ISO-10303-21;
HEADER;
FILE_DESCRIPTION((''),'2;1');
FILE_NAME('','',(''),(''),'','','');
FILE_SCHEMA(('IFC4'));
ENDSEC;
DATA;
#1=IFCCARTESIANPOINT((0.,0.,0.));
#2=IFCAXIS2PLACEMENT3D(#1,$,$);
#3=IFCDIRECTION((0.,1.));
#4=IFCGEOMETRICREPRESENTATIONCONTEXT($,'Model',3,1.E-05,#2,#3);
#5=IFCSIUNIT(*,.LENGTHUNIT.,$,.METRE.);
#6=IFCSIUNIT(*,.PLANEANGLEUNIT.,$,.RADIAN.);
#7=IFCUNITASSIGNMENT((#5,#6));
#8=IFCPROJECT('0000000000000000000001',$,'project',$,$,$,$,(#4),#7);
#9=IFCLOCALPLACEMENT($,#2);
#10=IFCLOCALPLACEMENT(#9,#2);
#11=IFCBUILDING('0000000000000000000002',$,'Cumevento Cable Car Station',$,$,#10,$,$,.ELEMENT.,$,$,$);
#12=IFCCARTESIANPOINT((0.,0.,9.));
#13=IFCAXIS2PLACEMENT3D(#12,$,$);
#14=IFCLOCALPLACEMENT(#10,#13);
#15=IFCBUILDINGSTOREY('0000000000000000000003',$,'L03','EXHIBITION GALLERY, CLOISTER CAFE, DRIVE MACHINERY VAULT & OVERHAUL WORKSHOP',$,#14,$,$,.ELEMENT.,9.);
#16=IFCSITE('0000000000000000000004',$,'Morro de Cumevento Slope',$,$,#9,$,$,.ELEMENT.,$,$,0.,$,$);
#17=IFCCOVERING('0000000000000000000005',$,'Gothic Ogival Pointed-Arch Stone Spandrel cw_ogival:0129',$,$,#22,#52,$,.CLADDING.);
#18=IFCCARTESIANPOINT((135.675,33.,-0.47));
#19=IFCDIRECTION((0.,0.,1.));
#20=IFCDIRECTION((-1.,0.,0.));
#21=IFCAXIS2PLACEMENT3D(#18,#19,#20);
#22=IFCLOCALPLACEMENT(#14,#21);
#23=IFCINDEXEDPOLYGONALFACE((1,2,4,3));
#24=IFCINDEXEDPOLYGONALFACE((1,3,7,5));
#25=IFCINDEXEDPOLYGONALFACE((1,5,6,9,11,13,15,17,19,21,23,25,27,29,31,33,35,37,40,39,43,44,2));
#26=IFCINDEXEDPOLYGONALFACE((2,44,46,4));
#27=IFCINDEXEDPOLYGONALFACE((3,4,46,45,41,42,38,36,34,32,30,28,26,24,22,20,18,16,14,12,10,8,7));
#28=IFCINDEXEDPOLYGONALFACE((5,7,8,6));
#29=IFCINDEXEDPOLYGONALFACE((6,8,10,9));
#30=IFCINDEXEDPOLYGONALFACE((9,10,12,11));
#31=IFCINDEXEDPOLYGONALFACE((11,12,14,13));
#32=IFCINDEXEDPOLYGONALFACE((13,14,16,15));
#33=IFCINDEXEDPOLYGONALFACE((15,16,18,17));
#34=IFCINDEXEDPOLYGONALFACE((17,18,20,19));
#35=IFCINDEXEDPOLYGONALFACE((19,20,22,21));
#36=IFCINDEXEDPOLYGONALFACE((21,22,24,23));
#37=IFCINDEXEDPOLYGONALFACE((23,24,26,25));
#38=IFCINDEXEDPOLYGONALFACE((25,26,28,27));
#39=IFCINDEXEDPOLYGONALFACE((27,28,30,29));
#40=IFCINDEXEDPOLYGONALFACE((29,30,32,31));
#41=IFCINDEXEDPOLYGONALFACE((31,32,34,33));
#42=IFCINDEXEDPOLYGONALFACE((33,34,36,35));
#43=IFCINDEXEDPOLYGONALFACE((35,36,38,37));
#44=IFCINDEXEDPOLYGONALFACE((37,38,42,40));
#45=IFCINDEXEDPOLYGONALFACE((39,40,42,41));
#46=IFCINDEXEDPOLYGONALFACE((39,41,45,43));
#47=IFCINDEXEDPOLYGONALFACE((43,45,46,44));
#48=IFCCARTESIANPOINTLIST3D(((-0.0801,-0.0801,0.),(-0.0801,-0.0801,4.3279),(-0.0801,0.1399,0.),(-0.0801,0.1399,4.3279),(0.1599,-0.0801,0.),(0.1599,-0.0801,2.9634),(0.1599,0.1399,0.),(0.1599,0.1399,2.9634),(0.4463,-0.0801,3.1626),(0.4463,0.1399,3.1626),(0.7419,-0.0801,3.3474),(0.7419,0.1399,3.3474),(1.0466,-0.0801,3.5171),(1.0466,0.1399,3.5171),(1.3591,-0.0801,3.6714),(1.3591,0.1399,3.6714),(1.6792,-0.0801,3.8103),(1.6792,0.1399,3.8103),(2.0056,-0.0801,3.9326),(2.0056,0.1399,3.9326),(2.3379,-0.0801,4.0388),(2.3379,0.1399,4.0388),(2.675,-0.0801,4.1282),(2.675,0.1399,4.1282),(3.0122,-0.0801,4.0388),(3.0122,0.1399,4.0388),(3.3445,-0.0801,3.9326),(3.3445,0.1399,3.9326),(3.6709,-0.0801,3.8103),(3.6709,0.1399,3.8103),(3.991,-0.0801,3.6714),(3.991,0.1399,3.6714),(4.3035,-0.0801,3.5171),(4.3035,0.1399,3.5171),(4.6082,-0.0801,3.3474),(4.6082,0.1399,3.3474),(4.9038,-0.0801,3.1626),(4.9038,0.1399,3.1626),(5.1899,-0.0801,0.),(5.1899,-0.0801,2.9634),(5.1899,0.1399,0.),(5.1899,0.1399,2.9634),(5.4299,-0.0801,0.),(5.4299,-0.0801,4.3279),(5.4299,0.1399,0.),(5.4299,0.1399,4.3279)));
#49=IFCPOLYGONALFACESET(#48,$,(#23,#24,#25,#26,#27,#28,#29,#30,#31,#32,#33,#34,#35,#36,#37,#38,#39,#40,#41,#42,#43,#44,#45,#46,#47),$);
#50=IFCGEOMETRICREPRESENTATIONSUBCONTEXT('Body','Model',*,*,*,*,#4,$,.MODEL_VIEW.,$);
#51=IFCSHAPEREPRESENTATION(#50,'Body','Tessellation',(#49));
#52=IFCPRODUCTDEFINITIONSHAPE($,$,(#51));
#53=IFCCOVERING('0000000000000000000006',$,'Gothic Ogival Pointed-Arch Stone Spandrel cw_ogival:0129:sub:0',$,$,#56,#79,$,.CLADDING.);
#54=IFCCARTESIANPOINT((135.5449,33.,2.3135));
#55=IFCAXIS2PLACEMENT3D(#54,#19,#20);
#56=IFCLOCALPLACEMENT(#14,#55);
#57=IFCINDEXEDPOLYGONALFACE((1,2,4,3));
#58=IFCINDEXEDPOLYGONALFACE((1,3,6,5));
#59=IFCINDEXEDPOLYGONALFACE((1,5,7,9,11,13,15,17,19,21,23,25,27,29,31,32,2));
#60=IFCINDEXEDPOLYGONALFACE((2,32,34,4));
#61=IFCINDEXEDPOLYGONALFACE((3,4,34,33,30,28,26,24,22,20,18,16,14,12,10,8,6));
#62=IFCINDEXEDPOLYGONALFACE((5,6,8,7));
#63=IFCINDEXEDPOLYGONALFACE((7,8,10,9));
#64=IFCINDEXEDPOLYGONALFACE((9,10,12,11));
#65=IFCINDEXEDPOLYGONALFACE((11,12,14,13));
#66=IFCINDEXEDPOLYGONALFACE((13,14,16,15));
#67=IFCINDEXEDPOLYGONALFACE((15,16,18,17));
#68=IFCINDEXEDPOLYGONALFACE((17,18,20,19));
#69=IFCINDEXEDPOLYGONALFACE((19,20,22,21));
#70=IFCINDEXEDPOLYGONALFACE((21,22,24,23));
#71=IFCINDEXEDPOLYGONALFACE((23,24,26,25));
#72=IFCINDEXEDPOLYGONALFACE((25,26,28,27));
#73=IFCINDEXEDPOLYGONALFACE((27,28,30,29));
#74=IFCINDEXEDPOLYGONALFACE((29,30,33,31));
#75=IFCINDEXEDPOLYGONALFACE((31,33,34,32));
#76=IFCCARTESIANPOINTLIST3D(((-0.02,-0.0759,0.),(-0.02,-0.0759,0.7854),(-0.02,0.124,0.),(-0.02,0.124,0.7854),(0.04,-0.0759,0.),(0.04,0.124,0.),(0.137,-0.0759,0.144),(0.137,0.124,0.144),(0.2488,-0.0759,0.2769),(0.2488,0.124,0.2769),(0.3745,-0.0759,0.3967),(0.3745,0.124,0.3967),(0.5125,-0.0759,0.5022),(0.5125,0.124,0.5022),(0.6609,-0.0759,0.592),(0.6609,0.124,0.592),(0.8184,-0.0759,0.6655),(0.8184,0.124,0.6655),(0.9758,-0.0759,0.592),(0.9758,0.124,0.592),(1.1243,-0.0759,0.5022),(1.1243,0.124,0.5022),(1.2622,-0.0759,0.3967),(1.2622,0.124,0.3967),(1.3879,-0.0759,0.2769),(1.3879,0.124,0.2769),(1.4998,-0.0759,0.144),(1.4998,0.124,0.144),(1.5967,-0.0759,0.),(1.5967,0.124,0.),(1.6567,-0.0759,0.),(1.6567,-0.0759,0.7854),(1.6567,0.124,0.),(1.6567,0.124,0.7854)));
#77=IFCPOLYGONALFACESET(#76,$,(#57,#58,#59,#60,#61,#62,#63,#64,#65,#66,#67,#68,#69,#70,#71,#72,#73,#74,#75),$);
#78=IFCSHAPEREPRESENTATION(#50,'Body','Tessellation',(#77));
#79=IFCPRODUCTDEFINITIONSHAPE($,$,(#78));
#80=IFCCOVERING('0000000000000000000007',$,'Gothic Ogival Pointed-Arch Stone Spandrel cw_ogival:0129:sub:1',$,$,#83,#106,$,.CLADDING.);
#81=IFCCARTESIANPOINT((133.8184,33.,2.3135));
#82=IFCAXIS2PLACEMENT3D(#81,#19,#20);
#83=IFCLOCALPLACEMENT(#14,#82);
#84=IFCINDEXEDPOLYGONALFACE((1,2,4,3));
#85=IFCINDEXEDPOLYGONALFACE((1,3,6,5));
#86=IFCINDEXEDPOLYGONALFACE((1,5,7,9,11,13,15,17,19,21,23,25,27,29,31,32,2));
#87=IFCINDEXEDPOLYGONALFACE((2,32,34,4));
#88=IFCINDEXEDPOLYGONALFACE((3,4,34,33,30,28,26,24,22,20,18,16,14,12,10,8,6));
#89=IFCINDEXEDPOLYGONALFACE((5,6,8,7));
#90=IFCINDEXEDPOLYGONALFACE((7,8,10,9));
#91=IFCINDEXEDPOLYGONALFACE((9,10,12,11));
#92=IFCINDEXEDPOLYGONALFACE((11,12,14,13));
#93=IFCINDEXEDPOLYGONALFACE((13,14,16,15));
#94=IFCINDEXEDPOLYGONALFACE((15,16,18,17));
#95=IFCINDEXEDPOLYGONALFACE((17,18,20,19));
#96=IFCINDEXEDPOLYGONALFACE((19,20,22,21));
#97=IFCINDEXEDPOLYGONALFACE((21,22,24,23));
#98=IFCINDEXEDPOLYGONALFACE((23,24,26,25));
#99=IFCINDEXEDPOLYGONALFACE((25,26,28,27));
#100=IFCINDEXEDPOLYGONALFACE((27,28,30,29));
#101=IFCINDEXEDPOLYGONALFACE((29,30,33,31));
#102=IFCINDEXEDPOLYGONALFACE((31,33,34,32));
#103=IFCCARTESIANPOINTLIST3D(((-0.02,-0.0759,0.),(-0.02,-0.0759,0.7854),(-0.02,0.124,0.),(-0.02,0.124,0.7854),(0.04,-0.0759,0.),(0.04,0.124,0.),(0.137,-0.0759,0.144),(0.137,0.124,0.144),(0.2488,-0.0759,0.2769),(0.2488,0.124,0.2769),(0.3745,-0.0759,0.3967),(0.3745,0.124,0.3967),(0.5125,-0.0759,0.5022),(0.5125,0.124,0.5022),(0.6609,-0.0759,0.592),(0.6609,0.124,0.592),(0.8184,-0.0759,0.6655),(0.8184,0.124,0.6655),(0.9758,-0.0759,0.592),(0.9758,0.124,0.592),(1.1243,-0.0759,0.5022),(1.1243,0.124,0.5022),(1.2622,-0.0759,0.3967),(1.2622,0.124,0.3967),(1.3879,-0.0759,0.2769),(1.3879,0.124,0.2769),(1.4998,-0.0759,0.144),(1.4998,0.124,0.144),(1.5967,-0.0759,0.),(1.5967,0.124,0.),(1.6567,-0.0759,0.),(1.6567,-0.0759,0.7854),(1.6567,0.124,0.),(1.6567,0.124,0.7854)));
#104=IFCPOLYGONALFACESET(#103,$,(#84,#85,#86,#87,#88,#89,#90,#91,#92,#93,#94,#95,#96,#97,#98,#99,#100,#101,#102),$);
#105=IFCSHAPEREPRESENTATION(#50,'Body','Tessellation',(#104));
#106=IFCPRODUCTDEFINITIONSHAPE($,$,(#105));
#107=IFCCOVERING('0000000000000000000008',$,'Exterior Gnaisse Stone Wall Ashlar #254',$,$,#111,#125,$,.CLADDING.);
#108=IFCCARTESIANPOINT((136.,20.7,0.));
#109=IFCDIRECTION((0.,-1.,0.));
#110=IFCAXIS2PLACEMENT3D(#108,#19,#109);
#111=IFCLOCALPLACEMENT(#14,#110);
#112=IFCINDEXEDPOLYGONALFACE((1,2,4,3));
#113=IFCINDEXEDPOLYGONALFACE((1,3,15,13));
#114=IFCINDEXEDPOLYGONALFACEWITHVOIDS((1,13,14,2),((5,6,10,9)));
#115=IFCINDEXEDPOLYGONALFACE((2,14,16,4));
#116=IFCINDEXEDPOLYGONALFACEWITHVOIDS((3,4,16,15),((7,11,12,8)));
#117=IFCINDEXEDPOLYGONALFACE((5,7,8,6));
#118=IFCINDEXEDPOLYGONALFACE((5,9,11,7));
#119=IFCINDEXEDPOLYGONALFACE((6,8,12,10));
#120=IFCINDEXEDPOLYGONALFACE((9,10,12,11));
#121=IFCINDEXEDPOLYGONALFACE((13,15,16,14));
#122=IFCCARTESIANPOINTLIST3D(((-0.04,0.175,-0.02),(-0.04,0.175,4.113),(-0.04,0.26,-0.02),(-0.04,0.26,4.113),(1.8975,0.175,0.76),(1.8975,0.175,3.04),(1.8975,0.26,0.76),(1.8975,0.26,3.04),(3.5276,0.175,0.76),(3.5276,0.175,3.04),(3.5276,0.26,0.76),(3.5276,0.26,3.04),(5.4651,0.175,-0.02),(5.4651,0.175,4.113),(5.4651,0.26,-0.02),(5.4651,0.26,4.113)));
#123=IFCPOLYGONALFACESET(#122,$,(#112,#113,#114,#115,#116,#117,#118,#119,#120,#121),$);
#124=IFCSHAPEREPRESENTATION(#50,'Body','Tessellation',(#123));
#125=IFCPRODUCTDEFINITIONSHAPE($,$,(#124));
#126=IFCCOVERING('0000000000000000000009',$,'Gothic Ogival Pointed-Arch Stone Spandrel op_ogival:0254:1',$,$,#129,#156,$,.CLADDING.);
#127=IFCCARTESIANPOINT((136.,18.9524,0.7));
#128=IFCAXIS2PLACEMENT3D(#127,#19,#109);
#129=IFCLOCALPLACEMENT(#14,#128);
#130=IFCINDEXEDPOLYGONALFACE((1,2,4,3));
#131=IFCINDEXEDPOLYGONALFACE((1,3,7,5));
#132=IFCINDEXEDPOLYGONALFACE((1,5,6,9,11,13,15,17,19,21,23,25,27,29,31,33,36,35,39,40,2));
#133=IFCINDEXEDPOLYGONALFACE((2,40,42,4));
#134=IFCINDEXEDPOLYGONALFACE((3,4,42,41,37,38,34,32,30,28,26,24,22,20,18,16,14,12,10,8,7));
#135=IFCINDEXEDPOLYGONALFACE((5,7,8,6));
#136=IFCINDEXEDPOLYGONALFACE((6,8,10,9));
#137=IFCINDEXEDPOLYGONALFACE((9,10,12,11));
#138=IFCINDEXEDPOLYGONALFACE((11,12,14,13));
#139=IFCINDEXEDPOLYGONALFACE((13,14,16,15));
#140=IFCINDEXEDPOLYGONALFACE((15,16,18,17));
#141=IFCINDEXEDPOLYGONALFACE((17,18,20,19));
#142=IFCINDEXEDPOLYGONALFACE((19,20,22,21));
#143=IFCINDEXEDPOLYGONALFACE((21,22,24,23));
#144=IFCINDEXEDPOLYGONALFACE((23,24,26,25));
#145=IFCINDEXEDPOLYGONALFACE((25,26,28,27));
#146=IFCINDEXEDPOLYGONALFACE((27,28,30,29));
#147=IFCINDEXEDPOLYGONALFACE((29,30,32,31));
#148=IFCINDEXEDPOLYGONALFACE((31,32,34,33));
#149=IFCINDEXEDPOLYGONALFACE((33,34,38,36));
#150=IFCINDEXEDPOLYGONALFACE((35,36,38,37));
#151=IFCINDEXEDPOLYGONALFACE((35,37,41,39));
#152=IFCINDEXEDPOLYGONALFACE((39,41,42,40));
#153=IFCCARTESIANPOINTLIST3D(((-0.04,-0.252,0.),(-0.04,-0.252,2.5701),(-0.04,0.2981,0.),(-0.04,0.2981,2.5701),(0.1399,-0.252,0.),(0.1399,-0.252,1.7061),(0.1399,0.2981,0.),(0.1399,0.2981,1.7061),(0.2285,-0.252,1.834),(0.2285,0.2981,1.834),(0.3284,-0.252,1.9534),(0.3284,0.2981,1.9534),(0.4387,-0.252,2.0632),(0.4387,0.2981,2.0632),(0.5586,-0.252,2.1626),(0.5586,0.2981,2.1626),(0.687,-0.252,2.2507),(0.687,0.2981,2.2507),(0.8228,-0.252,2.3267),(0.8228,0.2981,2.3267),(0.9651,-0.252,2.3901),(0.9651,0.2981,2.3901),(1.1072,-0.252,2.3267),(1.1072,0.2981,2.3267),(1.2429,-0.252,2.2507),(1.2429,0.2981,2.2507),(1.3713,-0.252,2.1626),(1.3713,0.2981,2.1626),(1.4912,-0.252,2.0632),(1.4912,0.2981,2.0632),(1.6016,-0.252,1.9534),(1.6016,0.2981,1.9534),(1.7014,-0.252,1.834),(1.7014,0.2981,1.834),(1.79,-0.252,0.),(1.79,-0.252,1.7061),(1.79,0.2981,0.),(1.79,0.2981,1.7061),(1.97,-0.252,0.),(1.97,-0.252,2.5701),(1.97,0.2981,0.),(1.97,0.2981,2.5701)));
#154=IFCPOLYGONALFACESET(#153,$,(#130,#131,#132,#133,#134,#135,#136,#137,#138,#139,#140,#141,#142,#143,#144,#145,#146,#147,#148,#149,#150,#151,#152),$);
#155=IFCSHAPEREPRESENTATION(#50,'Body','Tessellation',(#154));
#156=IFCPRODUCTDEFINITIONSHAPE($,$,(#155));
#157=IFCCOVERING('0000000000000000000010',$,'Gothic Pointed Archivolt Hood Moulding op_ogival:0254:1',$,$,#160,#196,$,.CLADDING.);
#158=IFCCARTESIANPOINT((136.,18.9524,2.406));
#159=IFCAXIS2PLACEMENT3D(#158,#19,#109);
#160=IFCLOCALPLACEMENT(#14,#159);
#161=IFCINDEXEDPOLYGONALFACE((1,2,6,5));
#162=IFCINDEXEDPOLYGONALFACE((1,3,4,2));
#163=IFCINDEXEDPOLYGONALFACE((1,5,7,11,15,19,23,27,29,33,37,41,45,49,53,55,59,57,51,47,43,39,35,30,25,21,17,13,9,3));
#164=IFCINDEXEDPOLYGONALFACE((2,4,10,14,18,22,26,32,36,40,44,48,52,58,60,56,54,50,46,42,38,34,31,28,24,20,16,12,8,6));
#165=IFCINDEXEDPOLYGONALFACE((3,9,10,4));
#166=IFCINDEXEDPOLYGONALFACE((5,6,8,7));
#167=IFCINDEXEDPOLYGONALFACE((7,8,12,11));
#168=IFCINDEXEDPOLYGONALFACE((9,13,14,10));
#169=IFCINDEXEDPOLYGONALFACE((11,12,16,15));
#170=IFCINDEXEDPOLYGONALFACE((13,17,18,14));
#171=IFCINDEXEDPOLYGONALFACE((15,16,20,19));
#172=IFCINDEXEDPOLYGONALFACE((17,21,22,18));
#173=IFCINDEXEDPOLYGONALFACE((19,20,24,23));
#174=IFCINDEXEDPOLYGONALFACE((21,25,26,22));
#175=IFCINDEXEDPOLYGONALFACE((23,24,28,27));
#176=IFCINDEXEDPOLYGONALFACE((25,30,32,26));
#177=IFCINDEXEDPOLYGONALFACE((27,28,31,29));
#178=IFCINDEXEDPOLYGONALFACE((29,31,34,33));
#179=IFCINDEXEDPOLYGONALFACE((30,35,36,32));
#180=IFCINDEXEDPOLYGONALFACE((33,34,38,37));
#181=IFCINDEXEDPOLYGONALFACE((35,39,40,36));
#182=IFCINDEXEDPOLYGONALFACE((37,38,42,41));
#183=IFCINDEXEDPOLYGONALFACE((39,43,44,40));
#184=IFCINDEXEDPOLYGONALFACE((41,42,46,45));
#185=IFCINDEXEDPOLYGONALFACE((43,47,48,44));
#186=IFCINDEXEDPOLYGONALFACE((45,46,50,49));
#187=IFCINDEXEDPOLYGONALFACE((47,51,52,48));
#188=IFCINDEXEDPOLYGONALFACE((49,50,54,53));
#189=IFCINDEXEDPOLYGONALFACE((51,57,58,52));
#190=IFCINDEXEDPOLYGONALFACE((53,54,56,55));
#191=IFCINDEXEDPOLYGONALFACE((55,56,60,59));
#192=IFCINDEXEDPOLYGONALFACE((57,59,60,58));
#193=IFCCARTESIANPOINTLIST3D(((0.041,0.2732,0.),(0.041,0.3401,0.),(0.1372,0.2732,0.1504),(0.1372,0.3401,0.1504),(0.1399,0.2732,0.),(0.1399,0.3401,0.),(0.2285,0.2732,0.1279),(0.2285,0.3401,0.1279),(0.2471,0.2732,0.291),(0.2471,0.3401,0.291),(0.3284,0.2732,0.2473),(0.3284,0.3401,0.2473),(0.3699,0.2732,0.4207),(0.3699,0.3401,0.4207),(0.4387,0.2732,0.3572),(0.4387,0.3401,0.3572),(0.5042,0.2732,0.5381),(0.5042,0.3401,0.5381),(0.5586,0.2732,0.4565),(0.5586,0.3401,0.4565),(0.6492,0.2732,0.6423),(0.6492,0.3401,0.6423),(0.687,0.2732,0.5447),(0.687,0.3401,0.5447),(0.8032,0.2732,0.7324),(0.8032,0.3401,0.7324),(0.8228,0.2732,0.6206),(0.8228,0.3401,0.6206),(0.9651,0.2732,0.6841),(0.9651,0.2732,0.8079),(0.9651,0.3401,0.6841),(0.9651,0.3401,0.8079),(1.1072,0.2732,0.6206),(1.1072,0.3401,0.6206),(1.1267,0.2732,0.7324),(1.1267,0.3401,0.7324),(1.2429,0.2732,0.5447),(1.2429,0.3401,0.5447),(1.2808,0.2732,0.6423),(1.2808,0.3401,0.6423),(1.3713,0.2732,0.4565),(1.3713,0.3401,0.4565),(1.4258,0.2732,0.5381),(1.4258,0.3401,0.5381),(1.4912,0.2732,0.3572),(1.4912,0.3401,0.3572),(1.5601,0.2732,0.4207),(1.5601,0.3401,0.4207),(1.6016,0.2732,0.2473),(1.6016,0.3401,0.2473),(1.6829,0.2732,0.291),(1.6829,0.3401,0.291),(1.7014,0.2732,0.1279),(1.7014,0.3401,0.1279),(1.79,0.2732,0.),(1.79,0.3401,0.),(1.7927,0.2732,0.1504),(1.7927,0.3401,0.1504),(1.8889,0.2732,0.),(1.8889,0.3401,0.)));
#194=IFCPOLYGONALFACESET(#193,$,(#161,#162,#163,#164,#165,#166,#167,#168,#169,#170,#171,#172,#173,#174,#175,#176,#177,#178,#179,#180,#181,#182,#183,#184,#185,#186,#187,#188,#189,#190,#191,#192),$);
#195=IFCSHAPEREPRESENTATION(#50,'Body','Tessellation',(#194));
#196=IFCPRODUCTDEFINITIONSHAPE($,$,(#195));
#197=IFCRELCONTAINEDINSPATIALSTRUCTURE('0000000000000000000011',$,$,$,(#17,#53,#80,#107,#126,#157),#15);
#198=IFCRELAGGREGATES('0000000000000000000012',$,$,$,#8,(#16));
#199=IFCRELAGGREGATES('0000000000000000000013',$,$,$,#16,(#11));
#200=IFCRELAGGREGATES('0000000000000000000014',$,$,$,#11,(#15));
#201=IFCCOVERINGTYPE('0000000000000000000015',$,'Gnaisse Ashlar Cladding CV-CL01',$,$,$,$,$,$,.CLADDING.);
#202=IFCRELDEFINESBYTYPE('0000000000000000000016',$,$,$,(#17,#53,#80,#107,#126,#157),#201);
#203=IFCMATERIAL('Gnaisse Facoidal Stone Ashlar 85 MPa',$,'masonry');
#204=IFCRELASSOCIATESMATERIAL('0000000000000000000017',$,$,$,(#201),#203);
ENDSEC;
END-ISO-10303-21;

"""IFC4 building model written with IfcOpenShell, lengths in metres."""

from ifc_helpers import new_model, si_unit, direction, frame, origin, place, context, subcontext, project, spatial, polyline, outline, extrude, material, type_object, element, save


model = new_model("IFC4")

# Units and contexts
model_context = context("Model", 3, precision=1e-05, world=origin(), true_north=direction((0.0, 1.0)))
body_context = subcontext(model_context, "Body", "Model", "MODEL_VIEW")
ifc_project = project(units=[si_unit("LENGTHUNIT", "METRE"), si_unit("PLANEANGLEUNIT", "RADIAN")], contexts=[model_context])

# Site, building, storey
site_placement = place(None, origin())
site = spatial("IfcSite", under=ifc_project, at=site_placement, Name="Morro de Cumevento Slope", CompositionType="ELEMENT", RefElevation=0.0)
building_placement = place(site_placement, origin())
building = spatial("IfcBuilding", under=site, at=building_placement, Name="Cumevento Cable Car Station", CompositionType="ELEMENT")
storey_placement = place(building_placement, frame((0.0, 0.0, 9.0)))
storey = spatial("IfcBuildingStorey", under=building, at=storey_placement, Name="L03", Description="EXHIBITION GALLERY, CLOISTER CAFE, DRIVE MACHINERY VAULT & OVERHAUL WORKSHOP", CompositionType="ELEMENT", Elevation=9.0)

# Coverings
ifc_material_1 = material(Name="Gnaisse Facoidal Stone Ashlar 85 MPa", Category="masonry")
covering_type = type_object("IfcCoveringType", Name="Gnaisse Ashlar Cladding CV-CL01", PredefinedType="CLADDING", material=ifc_material_1)
covering_1_placement = place(storey_placement, frame((135.675, 33.0, -0.47), z_axis=(0.0, 0.0, 1.0), x_axis=(-1.0, 0.0, 0.0)))
element("IfcCovering", 1, at=covering_1_placement, inside=storey, type_object=covering_type, Name="Gothic Ogival Pointed-Arch Stone Spandrel cw_ogival:0129", PredefinedType="CLADDING", context=body_context, shape_type="SweptSolid", body=[
    extrude(outline(polyline([(-0.0801, 0.0), (-0.0801, 4.3279), (5.4299, 4.3279), (5.4299, 0.0), (5.1899, 0.0), (5.1899, 2.9634), (4.9038, 3.1626), (4.6082, 3.3474), (4.3035, 3.5171), (3.991, 3.6714), (3.6709, 3.8103), (3.3445, 3.9326), (3.0122, 4.0388), (2.675, 4.1282), (2.3379, 4.0388), (2.0056, 3.9326), (1.6792, 3.8103), (1.3591, 3.6714), (1.0466, 3.5171), (0.7419, 3.3474), (0.4463, 3.1626), (0.1599, 2.9634), (0.1599, 0.0), (-0.0801, 0.0)])), frame((0.0, 0.1399, 0.0), z_axis=(0.0, -1.0, 0.0), x_axis=(1.0, 0.0, 0.0)), (0.0, 0.0, 1.0), 0.22),
])
for number, where, z_axis, x_axis, name in (
    (2, (135.5449, 33.0, 2.3135), (0.0, 0.0, 1.0), (-1.0, 0.0, 0.0), "Gothic Ogival Pointed-Arch Stone Spandrel cw_ogival:0129:sub:0"),
    (3, (133.8184, 33.0, 2.3135), (0.0, 0.0, 1.0), (-1.0, 0.0, 0.0), "Gothic Ogival Pointed-Arch Stone Spandrel cw_ogival:0129:sub:1"),
):
    element("IfcCovering", number, at=place(storey_placement, frame(where, z_axis=z_axis, x_axis=x_axis)), inside=storey, type_object=covering_type, Name=name, PredefinedType="CLADDING", context=body_context, shape_type="SweptSolid", body=[
        extrude(outline(polyline([(-0.02, 0.0), (-0.02, 0.7854), (1.6567, 0.7854), (1.6567, 0.0), (1.5967, 0.0), (1.4998, 0.144), (1.3879, 0.2769), (1.2622, 0.3967), (1.1243, 0.5022), (0.9758, 0.592), (0.8184, 0.6655), (0.6609, 0.592), (0.5125, 0.5022), (0.3745, 0.3967), (0.2488, 0.2769), (0.137, 0.144), (0.04, 0.0), (-0.02, 0.0)])), frame((0.0, 0.124, 0.0), z_axis=(0.0, -1.0, 0.0), x_axis=(1.0, 0.0, 0.0)), (0.0, 0.0, 1.0), 0.2),
    ])
covering_2_placement = place(storey_placement, frame((136.0, 20.7, 0.0), z_axis=(0.0, 0.0, 1.0), x_axis=(0.0, -1.0, 0.0)))
element("IfcCovering", 4, at=covering_2_placement, inside=storey, type_object=covering_type, Name="Exterior Gnaisse Stone Wall Ashlar #254", PredefinedType="CLADDING", context=body_context, shape_type="SweptSolid", body=[
    extrude(outline(polyline([(-0.04, -0.02), (5.4651, -0.02), (5.4651, 4.113), (-0.04, 4.113), (-0.04, -0.02)]), holes=[polyline([(1.8975, 0.76), (3.5276, 0.76), (3.5276, 3.04), (1.8975, 3.04), (1.8975, 0.76)])]), frame((0.0, 0.26, 0.0), z_axis=(0.0, -1.0, 0.0), x_axis=(1.0, 0.0, 0.0)), (0.0, 0.0, 1.0), 0.085),
])
covering_3_placement = place(storey_placement, frame((136.0, 18.9524, 0.7), z_axis=(0.0, 0.0, 1.0), x_axis=(0.0, -1.0, 0.0)))
element("IfcCovering", 5, at=covering_3_placement, inside=storey, type_object=covering_type, Name="Gothic Ogival Pointed-Arch Stone Spandrel op_ogival:0254:1", PredefinedType="CLADDING", context=body_context, shape_type="SweptSolid", body=[
    extrude(outline(polyline([(-0.04, 0.0), (-0.04, 2.5701), (1.97, 2.5701), (1.97, 0.0), (1.79, 0.0), (1.79, 1.7061), (1.7014, 1.834), (1.6016, 1.9534), (1.4912, 2.0632), (1.3713, 2.1626), (1.2429, 2.2507), (1.1072, 2.3267), (0.9651, 2.3901), (0.8228, 2.3267), (0.687, 2.2507), (0.5586, 2.1626), (0.4387, 2.0632), (0.3284, 1.9534), (0.2285, 1.834), (0.1399, 1.7061), (0.1399, 0.0), (-0.04, 0.0)])), frame((0.0, 0.2981, 0.0), z_axis=(0.0, -1.0, 0.0), x_axis=(1.0, 0.0, 0.0)), (0.0, 0.0, 1.0), 0.55),
])
covering_4_placement = place(storey_placement, frame((136.0, 18.9524, 2.406), z_axis=(0.0, 0.0, 1.0), x_axis=(0.0, -1.0, 0.0)))
element("IfcCovering", 6, at=covering_4_placement, inside=storey, type_object=covering_type, Name="Gothic Pointed Archivolt Hood Moulding op_ogival:0254:1", PredefinedType="CLADDING", context=body_context, shape_type="SweptSolid", body=[
    extrude(outline(polyline([(0.1399, 0.0), (0.2285, 0.1279), (0.3284, 0.2473), (0.4387, 0.3572), (0.5586, 0.4565), (0.687, 0.5447), (0.8228, 0.6206), (0.9651, 0.6841), (1.1072, 0.6206), (1.2429, 0.5447), (1.3713, 0.4565), (1.4912, 0.3572), (1.6016, 0.2473), (1.7014, 0.1279), (1.79, 0.0), (1.8889, 0.0), (1.7927, 0.1504), (1.6829, 0.291), (1.5601, 0.4207), (1.4258, 0.5381), (1.2808, 0.6423), (1.1267, 0.7324), (0.9651, 0.8079), (0.8032, 0.7324), (0.6492, 0.6423), (0.5042, 0.5381), (0.3699, 0.4207), (0.2471, 0.291), (0.1372, 0.1504), (0.041, 0.0), (0.1399, 0.0)])), frame((0.0, 0.3401, 0.0), z_axis=(0.0, -1.0, 0.0), x_axis=(1.0, 0.0, 0.0)), (0.0, 0.0, 1.0), 0.0669),
])

save(model, "model.ifc")
